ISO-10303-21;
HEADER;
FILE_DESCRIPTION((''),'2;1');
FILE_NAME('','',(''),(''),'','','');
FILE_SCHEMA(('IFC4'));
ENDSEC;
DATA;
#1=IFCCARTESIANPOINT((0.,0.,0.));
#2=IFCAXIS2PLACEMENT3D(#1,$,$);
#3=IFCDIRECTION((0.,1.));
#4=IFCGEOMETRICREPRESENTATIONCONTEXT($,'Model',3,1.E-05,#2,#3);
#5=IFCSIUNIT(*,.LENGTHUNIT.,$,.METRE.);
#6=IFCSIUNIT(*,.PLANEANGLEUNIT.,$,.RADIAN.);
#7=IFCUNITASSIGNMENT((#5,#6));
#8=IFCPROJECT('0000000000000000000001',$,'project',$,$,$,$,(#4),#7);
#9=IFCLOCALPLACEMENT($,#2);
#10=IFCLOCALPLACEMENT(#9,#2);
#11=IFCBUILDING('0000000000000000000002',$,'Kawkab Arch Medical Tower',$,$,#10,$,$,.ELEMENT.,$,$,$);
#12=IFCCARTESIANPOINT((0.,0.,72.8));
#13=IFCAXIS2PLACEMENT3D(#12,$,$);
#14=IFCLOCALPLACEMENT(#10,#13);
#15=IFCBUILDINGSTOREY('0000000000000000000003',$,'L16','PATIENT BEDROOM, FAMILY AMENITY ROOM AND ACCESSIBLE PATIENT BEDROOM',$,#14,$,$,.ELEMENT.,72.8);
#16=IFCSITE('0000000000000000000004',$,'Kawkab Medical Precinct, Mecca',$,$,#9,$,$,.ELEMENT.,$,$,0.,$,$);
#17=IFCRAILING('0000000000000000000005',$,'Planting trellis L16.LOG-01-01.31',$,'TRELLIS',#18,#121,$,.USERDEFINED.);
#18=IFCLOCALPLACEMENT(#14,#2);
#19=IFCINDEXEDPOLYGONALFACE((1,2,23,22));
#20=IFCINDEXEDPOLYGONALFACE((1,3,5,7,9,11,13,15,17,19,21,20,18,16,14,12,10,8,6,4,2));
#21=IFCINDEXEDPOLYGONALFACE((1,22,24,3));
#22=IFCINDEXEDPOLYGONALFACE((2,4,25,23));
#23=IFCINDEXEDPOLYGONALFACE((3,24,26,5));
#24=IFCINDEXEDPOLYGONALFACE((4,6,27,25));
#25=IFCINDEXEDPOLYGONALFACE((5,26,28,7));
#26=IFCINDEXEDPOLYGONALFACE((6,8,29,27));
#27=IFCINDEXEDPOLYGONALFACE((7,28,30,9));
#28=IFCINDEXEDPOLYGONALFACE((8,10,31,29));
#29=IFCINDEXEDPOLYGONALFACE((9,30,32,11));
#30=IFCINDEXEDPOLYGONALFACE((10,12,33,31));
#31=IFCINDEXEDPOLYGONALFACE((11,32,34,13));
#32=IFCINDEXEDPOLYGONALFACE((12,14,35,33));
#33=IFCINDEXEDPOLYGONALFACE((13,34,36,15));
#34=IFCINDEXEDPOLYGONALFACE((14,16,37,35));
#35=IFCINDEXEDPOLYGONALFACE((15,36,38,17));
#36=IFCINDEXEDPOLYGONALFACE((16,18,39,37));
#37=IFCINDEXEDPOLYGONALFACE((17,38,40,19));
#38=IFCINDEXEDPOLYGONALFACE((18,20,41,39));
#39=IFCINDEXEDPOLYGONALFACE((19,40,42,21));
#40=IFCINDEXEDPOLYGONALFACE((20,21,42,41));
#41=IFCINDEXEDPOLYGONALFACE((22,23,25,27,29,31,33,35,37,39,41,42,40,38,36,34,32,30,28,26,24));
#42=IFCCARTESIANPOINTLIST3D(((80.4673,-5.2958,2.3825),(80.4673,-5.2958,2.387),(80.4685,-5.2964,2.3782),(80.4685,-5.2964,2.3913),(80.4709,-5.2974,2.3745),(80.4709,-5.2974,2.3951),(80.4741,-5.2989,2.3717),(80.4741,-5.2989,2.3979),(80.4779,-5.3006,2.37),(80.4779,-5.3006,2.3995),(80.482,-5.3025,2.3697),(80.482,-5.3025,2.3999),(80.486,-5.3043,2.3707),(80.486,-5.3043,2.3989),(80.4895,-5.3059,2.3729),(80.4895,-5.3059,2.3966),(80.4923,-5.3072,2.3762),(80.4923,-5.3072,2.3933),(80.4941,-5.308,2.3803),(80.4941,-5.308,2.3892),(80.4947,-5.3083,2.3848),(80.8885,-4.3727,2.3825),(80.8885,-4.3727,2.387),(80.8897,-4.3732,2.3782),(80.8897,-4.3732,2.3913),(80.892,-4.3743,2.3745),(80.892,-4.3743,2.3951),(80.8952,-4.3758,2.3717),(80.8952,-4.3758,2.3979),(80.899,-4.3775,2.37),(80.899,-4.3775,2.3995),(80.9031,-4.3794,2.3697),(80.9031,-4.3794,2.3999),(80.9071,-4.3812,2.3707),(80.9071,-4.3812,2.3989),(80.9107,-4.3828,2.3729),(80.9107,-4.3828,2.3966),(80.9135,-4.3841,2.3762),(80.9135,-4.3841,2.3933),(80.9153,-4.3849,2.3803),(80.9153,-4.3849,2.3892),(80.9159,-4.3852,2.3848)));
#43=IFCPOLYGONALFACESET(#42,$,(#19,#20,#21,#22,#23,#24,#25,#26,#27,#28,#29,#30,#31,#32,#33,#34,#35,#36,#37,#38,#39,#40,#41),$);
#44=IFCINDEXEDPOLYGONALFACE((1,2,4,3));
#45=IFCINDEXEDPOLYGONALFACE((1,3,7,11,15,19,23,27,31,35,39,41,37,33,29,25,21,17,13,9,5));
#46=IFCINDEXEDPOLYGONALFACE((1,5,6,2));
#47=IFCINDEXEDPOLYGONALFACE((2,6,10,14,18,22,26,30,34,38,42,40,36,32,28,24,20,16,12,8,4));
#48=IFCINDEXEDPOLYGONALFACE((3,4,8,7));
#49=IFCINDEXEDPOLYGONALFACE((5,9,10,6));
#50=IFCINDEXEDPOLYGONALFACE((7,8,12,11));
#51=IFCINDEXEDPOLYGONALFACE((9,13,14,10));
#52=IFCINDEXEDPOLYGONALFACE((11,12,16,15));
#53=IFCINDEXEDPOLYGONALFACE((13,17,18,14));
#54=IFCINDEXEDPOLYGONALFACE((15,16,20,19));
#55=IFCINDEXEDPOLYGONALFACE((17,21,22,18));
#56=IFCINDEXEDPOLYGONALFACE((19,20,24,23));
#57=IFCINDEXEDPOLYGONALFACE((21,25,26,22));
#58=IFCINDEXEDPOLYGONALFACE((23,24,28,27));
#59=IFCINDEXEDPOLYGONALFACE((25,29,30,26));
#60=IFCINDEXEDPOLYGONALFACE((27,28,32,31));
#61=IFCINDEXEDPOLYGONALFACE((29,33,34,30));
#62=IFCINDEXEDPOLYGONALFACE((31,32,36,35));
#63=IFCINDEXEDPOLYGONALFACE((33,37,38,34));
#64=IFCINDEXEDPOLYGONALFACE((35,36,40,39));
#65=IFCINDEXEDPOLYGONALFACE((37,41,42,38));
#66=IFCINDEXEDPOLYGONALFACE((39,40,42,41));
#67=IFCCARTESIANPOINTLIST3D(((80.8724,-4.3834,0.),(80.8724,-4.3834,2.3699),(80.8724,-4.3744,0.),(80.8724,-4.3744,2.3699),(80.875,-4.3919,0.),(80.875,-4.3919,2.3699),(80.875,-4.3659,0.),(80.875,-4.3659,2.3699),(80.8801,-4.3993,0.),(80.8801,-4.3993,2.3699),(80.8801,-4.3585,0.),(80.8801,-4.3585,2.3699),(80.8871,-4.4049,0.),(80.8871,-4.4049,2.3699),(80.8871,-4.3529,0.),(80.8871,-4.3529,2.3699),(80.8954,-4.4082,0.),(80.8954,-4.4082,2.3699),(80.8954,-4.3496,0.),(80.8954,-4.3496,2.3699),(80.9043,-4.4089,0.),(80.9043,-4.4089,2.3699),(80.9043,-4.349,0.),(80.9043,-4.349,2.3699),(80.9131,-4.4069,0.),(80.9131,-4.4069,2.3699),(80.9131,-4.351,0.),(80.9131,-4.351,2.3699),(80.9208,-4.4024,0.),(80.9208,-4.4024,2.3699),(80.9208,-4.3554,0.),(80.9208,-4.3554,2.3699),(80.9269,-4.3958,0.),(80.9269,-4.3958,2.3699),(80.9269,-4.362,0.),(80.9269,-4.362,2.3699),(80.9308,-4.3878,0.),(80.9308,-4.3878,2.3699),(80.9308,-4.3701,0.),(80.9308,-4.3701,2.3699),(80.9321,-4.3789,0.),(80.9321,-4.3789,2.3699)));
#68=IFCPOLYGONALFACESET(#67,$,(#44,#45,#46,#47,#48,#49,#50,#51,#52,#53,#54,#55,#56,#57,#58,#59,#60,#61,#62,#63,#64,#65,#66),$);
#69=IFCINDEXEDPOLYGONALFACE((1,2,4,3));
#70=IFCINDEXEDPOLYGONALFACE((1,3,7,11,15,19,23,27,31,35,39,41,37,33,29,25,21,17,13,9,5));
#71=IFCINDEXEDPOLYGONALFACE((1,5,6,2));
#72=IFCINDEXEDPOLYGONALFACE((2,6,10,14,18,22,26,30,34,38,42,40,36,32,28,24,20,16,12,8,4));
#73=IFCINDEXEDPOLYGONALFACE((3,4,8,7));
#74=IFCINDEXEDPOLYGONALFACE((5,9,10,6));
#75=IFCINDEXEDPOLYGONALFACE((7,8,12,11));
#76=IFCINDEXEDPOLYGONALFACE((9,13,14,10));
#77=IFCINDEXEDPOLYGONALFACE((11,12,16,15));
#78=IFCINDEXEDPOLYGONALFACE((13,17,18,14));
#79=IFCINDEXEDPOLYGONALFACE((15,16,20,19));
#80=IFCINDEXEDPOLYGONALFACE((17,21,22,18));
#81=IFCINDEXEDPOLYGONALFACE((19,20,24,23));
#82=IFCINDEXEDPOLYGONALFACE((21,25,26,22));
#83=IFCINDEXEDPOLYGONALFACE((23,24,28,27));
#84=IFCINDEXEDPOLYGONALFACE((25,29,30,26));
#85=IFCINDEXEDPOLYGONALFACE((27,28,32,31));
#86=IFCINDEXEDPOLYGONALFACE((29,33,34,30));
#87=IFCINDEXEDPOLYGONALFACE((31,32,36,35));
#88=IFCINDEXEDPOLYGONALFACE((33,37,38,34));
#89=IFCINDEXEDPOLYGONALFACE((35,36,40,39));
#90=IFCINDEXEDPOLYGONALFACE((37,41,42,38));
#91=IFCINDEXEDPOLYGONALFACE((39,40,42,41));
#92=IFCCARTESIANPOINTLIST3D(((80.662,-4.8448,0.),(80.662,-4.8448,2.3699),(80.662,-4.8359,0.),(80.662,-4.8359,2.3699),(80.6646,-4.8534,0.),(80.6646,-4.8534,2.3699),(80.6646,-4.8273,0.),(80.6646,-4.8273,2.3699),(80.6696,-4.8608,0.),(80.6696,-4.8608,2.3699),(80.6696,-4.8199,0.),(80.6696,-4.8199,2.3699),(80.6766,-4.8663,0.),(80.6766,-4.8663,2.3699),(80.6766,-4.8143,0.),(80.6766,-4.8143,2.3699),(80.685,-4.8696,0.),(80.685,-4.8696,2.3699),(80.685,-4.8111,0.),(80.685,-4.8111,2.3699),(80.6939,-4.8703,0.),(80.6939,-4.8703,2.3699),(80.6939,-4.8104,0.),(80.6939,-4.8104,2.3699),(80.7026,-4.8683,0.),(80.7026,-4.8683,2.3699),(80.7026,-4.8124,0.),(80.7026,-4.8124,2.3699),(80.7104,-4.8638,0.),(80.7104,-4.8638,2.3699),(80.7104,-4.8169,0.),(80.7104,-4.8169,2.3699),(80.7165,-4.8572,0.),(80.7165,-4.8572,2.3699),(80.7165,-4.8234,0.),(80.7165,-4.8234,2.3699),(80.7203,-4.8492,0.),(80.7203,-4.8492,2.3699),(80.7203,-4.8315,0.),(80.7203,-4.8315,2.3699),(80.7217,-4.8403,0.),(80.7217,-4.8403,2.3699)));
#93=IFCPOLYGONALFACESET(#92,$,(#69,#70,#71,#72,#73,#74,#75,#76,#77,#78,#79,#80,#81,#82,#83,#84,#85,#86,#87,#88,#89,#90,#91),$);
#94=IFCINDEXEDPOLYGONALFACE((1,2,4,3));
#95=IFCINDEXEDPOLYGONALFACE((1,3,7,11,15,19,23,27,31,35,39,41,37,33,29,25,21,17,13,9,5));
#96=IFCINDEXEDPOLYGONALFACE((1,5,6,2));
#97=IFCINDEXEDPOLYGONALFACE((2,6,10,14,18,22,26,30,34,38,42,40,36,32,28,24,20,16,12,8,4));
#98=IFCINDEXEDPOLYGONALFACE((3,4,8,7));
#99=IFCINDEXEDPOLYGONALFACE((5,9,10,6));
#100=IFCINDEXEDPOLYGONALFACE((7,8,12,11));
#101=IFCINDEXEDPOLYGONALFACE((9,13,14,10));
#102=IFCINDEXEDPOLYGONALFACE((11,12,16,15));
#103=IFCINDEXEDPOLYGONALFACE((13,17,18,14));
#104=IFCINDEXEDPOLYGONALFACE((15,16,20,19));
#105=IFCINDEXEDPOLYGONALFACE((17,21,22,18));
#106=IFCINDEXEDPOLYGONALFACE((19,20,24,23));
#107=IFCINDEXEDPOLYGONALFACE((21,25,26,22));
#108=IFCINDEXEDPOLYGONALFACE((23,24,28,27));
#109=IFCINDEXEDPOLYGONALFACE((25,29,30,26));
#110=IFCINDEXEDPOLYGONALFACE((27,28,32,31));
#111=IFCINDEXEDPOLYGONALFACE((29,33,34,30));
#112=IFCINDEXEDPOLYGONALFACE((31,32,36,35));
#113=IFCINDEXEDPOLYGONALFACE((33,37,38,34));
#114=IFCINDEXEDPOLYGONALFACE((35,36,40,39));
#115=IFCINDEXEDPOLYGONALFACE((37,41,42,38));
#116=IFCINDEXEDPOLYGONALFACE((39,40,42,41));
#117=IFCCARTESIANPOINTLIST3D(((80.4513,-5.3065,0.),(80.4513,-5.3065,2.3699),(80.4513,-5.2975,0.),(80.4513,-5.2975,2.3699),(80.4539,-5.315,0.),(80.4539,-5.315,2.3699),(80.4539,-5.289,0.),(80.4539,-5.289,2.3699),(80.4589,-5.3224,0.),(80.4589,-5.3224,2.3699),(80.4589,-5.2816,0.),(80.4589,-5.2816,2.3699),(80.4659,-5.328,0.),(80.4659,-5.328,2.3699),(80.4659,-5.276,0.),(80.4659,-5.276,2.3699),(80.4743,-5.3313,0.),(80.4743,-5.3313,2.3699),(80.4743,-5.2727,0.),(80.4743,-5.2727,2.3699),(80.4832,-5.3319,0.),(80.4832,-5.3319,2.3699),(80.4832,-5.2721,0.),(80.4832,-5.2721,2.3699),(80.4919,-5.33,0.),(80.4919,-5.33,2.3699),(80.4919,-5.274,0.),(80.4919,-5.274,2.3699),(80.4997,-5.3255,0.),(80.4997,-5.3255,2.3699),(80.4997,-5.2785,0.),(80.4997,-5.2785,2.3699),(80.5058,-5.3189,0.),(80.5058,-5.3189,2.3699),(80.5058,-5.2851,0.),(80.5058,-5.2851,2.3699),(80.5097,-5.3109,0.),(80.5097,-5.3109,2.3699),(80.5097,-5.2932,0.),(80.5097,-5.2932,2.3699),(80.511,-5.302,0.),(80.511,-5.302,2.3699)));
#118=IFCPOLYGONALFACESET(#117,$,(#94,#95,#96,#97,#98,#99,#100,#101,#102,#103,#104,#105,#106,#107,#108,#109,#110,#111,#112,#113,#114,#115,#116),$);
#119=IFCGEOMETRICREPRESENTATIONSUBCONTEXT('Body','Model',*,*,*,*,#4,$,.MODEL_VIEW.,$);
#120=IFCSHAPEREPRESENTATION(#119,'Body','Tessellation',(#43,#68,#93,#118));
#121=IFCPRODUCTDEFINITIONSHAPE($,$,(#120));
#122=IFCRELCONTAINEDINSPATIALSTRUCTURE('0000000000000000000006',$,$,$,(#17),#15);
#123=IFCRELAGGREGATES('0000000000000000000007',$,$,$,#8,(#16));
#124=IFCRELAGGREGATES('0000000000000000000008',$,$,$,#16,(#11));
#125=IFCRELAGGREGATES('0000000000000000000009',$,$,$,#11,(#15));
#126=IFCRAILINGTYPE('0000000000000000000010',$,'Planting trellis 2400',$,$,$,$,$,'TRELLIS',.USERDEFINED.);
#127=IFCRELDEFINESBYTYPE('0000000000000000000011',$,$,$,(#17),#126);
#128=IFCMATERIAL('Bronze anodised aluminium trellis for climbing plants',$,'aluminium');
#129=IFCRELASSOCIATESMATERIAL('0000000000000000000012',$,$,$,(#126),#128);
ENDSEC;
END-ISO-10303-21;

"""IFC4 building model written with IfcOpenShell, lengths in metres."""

from ifc_helpers import new_model, si_unit, direction, frame, origin, origin_2d, place, context, subcontext, project, spatial, circle, extrude, material, type_object, element, save


model = new_model("IFC4")

# Units and contexts
model_context = context("Model", 3, precision=1e-05, world=origin(), true_north=direction((0.0, 1.0)))
body_context = subcontext(model_context, "Body", "Model", "MODEL_VIEW")
ifc_project = project(units=[si_unit("LENGTHUNIT", "METRE"), si_unit("PLANEANGLEUNIT", "RADIAN")], contexts=[model_context])

# Site, building, storey
site_placement = place(None, origin())
site = spatial("IfcSite", under=ifc_project, at=site_placement, Name="Kawkab Medical Precinct, Mecca", CompositionType="ELEMENT", RefElevation=0.0)
building_placement = place(site_placement, origin())
building = spatial("IfcBuilding", under=site, at=building_placement, Name="Kawkab Arch Medical Tower", CompositionType="ELEMENT")
storey_placement = place(building_placement, frame((0.0, 0.0, 72.8)))
storey = spatial("IfcBuildingStorey", under=building, at=storey_placement, Name="L16", Description="PATIENT BEDROOM, FAMILY AMENITY ROOM AND ACCESSIBLE PATIENT BEDROOM", CompositionType="ELEMENT", Elevation=72.8)

# Railing
ifc_material_1 = material(Name="Bronze anodised aluminium trellis for climbing plants", Category="aluminium")
railing_type = type_object("IfcRailingType", Name="Planting trellis 2400", ElementType="TRELLIS", PredefinedType="USERDEFINED", material=ifc_material_1)
railing_1_placement = place(storey_placement, frame((80.9021, -4.3789, 0.0)))
element("IfcRailing", 1, at=railing_1_placement, inside=storey, type_object=railing_type, Name="Planting trellis L16.LOG-01-01.31", ObjectType="TRELLIS", PredefinedType="USERDEFINED", context=body_context, shape_type="SweptSolid", body=[
    extrude(circle(Radius=0.0151, at=origin_2d()), frame((0.0, 0.0, 2.3848), z_axis=(-0.415072, -0.909789, 0.0), x_axis=(0.909789, -0.415072, 0.0)), (0.0, 0.0, 1.0), 1.0146),
    extrude(circle(Radius=0.03, at=origin_2d()), origin(), (0.0, 0.0, 1.0), 2.3699),
    extrude(circle(Radius=0.03, at=origin_2d()), frame((-0.2104, -0.4614, 0.0)), (0.0, 0.0, 1.0), 2.3699),
    extrude(circle(Radius=0.03, at=origin_2d()), frame((-0.4211, -0.9231, 0.0)), (0.0, 0.0, 1.0), 2.3699),
])

save(model, "model.ifc")
